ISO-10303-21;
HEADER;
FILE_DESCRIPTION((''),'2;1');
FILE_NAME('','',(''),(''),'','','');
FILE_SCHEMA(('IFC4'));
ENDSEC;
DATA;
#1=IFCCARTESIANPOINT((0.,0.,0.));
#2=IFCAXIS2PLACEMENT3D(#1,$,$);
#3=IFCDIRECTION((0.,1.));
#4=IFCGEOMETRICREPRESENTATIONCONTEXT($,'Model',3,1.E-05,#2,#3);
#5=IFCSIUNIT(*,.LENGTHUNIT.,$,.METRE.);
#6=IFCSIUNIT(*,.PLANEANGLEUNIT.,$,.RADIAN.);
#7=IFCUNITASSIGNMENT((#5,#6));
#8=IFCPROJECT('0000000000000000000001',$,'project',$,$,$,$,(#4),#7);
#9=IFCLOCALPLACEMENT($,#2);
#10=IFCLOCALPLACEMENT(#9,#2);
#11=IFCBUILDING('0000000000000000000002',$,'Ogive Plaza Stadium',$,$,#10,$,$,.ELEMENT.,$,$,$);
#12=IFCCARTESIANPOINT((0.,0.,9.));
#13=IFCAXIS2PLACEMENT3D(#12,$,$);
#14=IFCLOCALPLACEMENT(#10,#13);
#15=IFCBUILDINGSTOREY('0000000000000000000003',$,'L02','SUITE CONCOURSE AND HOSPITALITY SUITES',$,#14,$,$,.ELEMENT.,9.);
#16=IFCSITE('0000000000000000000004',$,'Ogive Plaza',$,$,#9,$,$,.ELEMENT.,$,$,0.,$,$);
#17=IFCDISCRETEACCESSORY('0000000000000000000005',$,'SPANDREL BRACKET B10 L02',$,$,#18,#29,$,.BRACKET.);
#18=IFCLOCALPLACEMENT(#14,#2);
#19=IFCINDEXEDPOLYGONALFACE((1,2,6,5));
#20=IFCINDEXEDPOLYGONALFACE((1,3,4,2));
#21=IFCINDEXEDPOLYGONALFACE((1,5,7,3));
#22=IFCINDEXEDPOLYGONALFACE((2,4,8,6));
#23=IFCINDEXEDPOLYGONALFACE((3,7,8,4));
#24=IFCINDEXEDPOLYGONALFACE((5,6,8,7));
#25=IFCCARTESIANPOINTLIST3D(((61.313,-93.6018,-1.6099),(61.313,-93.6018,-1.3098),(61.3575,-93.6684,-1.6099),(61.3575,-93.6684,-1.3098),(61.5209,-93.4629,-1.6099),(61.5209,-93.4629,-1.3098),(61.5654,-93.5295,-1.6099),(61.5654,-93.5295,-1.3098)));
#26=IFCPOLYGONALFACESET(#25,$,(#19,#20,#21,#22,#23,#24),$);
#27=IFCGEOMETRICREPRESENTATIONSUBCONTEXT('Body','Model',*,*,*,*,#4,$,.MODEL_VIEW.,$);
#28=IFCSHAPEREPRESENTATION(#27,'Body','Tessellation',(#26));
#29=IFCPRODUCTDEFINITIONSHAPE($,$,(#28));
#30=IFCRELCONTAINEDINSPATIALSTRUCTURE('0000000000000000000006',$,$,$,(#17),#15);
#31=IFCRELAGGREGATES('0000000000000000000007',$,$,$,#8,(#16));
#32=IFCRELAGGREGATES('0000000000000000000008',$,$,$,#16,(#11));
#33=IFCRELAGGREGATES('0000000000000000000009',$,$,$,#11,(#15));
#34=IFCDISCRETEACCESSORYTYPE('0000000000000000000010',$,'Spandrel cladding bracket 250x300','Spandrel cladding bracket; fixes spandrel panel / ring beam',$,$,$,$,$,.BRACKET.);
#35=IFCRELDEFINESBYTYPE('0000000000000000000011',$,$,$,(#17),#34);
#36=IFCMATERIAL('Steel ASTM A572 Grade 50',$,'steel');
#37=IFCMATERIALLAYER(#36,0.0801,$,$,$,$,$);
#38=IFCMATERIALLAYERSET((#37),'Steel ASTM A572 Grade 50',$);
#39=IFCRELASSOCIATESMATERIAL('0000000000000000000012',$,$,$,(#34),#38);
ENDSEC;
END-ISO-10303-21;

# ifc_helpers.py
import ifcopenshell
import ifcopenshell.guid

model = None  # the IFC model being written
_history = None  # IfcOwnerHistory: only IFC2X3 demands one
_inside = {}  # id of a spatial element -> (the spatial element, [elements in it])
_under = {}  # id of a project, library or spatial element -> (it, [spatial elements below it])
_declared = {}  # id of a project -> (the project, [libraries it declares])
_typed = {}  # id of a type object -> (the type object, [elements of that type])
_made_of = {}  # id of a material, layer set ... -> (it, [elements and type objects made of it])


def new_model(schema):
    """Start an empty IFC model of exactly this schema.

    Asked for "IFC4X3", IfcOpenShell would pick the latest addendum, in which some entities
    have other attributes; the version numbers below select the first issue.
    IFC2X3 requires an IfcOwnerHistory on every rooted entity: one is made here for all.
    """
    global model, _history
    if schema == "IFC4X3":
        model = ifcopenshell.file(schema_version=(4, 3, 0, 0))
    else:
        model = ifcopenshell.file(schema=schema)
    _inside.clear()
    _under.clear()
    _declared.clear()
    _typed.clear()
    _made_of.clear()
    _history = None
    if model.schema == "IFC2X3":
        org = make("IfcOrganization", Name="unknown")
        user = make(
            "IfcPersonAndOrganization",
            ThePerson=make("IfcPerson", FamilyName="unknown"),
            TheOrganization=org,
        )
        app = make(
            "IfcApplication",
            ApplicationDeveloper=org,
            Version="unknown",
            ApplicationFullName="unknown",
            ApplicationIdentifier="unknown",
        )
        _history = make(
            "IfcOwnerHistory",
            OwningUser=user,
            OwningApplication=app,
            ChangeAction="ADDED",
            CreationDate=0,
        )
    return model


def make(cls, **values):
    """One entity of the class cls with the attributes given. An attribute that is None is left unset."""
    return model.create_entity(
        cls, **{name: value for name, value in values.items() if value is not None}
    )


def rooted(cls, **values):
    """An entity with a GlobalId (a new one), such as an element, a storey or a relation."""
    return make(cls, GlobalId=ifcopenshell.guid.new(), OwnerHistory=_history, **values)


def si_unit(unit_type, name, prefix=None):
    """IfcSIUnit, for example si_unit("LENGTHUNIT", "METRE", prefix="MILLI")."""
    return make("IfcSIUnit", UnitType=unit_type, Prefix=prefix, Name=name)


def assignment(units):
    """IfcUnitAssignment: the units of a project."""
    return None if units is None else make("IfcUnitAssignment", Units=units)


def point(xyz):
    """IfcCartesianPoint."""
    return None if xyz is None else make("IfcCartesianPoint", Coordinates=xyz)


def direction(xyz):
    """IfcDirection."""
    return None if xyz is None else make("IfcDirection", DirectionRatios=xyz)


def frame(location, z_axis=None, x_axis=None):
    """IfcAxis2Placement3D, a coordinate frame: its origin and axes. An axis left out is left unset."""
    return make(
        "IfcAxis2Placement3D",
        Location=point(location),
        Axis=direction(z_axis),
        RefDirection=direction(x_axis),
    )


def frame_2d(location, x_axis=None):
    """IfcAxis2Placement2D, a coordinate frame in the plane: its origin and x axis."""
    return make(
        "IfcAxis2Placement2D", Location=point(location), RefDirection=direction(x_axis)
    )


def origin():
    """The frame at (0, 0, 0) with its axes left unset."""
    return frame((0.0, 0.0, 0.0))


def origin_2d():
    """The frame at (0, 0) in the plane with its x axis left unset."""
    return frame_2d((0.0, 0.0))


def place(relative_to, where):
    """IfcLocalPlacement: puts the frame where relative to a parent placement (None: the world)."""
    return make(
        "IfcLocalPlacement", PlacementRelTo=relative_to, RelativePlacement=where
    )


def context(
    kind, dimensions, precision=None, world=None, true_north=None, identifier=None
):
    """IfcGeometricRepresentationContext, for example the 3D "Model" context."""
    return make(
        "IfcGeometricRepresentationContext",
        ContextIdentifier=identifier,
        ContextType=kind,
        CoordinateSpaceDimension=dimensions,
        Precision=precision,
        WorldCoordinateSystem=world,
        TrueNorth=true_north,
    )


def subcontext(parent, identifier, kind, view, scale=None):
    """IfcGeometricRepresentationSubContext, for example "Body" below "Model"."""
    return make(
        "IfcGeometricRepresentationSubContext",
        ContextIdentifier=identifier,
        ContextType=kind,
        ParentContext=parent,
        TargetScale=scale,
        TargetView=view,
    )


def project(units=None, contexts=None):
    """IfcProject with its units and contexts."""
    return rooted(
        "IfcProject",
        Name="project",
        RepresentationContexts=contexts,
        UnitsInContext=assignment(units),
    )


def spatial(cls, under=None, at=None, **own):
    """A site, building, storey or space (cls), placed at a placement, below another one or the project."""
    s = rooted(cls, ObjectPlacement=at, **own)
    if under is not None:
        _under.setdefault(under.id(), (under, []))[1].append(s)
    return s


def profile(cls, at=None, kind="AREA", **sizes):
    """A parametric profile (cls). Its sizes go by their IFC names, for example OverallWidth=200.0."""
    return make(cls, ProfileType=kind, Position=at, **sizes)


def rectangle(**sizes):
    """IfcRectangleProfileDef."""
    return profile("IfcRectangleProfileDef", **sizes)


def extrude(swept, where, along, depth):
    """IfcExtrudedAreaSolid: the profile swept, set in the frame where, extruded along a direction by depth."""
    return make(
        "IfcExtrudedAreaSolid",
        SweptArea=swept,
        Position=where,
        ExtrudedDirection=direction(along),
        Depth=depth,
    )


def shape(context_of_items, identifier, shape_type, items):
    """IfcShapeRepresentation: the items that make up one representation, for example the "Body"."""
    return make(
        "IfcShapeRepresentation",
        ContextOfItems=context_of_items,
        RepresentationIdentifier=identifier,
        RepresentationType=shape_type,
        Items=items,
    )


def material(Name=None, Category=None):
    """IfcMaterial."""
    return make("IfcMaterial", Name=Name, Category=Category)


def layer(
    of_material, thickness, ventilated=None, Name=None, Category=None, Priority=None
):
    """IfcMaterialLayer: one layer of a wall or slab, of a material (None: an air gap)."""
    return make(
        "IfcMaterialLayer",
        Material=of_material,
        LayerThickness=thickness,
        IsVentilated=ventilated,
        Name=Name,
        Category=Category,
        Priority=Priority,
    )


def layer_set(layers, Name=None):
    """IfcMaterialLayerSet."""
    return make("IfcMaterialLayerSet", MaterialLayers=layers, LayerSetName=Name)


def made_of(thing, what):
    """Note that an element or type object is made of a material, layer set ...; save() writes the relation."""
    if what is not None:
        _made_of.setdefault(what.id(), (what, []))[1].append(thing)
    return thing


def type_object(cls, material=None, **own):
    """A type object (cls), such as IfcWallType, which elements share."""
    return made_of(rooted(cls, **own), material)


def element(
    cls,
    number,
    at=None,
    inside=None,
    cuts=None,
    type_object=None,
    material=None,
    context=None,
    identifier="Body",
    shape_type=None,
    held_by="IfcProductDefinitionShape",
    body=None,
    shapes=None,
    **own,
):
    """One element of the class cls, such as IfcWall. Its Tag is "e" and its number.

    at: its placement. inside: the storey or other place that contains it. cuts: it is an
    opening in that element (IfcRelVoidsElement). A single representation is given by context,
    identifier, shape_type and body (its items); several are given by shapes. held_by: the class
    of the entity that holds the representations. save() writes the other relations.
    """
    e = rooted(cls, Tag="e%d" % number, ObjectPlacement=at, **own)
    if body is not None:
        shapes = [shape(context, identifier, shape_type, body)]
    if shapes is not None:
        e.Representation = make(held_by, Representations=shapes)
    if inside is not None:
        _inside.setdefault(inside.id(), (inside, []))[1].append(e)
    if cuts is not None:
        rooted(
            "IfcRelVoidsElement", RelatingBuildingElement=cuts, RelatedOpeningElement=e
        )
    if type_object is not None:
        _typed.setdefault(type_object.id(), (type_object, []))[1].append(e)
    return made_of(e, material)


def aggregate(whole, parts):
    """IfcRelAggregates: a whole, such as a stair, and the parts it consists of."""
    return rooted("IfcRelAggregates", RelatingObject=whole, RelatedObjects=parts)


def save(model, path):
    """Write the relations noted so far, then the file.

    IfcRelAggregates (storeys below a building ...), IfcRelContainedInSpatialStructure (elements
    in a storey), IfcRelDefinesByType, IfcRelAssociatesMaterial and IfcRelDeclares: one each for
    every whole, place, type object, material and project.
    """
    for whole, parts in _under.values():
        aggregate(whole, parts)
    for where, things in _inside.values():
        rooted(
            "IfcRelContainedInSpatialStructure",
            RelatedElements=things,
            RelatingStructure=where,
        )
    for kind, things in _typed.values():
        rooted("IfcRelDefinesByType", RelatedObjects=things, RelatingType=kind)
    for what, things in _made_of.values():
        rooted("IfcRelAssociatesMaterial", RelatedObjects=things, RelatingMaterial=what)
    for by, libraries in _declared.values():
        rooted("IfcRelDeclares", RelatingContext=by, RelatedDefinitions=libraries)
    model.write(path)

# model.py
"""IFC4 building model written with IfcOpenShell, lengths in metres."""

from ifc_helpers import new_model, si_unit, direction, frame, origin, origin_2d, place, context, subcontext, project, spatial, rectangle, extrude, material, layer, layer_set, type_object, element, save


model = new_model("IFC4")

# Units and contexts
model_context = context("Model", 3, precision=1e-05, world=origin(), true_north=direction((0.0, 1.0)))
body_context = subcontext(model_context, "Body", "Model", "MODEL_VIEW")
ifc_project = project(units=[si_unit("LENGTHUNIT", "METRE"), si_unit("PLANEANGLEUNIT", "RADIAN")], contexts=[model_context])

# Site, building, storey
site_placement = place(None, origin())
site = spatial("IfcSite", under=ifc_project, at=site_placement, Name="Ogive Plaza", CompositionType="ELEMENT", RefElevation=0.0)
building_placement = place(site_placement, origin())
building = spatial("IfcBuilding", under=site, at=building_placement, Name="Ogive Plaza Stadium", CompositionType="ELEMENT")
storey_placement = place(building_placement, frame((0.0, 0.0, 9.0)))
storey = spatial("IfcBuildingStorey", under=building, at=storey_placement, Name="L02", Description="SUITE CONCOURSE AND HOSPITALITY SUITES", CompositionType="ELEMENT", Elevation=9.0)

# Discrete accessory
ifc_material_1 = material(Name="Steel ASTM A572 Grade 50", Category="steel")
ifc_layer_1 = layer(ifc_material_1, 0.0801)
ifc_layer_set_1 = layer_set([ifc_layer_1], Name="Steel ASTM A572 Grade 50")
discrete_accessory_type = type_object("IfcDiscreteAccessoryType", Name="Spandrel cladding bracket 250x300", Description="Spandrel cladding bracket; fixes spandrel panel / ring beam", PredefinedType="BRACKET", material=ifc_layer_set_1)
discrete_accessory_placement = place(storey_placement, frame((61.4392, -93.5657, -1.6099), z_axis=(0.0, 0.0, 1.0), x_axis=(-0.83147, -0.55557, 0.0)))
element("IfcDiscreteAccessory", 1, at=discrete_accessory_placement, inside=storey, type_object=discrete_accessory_type, Name="SPANDREL BRACKET B10 L02", PredefinedType="BRACKET", context=body_context, shape_type="SweptSolid", body=[
    extrude(rectangle(XDim=0.25, YDim=0.0801, at=origin_2d()), origin(), (0.0, 0.0, 1.0), 0.3),
])

save(model, "model.ifc")
